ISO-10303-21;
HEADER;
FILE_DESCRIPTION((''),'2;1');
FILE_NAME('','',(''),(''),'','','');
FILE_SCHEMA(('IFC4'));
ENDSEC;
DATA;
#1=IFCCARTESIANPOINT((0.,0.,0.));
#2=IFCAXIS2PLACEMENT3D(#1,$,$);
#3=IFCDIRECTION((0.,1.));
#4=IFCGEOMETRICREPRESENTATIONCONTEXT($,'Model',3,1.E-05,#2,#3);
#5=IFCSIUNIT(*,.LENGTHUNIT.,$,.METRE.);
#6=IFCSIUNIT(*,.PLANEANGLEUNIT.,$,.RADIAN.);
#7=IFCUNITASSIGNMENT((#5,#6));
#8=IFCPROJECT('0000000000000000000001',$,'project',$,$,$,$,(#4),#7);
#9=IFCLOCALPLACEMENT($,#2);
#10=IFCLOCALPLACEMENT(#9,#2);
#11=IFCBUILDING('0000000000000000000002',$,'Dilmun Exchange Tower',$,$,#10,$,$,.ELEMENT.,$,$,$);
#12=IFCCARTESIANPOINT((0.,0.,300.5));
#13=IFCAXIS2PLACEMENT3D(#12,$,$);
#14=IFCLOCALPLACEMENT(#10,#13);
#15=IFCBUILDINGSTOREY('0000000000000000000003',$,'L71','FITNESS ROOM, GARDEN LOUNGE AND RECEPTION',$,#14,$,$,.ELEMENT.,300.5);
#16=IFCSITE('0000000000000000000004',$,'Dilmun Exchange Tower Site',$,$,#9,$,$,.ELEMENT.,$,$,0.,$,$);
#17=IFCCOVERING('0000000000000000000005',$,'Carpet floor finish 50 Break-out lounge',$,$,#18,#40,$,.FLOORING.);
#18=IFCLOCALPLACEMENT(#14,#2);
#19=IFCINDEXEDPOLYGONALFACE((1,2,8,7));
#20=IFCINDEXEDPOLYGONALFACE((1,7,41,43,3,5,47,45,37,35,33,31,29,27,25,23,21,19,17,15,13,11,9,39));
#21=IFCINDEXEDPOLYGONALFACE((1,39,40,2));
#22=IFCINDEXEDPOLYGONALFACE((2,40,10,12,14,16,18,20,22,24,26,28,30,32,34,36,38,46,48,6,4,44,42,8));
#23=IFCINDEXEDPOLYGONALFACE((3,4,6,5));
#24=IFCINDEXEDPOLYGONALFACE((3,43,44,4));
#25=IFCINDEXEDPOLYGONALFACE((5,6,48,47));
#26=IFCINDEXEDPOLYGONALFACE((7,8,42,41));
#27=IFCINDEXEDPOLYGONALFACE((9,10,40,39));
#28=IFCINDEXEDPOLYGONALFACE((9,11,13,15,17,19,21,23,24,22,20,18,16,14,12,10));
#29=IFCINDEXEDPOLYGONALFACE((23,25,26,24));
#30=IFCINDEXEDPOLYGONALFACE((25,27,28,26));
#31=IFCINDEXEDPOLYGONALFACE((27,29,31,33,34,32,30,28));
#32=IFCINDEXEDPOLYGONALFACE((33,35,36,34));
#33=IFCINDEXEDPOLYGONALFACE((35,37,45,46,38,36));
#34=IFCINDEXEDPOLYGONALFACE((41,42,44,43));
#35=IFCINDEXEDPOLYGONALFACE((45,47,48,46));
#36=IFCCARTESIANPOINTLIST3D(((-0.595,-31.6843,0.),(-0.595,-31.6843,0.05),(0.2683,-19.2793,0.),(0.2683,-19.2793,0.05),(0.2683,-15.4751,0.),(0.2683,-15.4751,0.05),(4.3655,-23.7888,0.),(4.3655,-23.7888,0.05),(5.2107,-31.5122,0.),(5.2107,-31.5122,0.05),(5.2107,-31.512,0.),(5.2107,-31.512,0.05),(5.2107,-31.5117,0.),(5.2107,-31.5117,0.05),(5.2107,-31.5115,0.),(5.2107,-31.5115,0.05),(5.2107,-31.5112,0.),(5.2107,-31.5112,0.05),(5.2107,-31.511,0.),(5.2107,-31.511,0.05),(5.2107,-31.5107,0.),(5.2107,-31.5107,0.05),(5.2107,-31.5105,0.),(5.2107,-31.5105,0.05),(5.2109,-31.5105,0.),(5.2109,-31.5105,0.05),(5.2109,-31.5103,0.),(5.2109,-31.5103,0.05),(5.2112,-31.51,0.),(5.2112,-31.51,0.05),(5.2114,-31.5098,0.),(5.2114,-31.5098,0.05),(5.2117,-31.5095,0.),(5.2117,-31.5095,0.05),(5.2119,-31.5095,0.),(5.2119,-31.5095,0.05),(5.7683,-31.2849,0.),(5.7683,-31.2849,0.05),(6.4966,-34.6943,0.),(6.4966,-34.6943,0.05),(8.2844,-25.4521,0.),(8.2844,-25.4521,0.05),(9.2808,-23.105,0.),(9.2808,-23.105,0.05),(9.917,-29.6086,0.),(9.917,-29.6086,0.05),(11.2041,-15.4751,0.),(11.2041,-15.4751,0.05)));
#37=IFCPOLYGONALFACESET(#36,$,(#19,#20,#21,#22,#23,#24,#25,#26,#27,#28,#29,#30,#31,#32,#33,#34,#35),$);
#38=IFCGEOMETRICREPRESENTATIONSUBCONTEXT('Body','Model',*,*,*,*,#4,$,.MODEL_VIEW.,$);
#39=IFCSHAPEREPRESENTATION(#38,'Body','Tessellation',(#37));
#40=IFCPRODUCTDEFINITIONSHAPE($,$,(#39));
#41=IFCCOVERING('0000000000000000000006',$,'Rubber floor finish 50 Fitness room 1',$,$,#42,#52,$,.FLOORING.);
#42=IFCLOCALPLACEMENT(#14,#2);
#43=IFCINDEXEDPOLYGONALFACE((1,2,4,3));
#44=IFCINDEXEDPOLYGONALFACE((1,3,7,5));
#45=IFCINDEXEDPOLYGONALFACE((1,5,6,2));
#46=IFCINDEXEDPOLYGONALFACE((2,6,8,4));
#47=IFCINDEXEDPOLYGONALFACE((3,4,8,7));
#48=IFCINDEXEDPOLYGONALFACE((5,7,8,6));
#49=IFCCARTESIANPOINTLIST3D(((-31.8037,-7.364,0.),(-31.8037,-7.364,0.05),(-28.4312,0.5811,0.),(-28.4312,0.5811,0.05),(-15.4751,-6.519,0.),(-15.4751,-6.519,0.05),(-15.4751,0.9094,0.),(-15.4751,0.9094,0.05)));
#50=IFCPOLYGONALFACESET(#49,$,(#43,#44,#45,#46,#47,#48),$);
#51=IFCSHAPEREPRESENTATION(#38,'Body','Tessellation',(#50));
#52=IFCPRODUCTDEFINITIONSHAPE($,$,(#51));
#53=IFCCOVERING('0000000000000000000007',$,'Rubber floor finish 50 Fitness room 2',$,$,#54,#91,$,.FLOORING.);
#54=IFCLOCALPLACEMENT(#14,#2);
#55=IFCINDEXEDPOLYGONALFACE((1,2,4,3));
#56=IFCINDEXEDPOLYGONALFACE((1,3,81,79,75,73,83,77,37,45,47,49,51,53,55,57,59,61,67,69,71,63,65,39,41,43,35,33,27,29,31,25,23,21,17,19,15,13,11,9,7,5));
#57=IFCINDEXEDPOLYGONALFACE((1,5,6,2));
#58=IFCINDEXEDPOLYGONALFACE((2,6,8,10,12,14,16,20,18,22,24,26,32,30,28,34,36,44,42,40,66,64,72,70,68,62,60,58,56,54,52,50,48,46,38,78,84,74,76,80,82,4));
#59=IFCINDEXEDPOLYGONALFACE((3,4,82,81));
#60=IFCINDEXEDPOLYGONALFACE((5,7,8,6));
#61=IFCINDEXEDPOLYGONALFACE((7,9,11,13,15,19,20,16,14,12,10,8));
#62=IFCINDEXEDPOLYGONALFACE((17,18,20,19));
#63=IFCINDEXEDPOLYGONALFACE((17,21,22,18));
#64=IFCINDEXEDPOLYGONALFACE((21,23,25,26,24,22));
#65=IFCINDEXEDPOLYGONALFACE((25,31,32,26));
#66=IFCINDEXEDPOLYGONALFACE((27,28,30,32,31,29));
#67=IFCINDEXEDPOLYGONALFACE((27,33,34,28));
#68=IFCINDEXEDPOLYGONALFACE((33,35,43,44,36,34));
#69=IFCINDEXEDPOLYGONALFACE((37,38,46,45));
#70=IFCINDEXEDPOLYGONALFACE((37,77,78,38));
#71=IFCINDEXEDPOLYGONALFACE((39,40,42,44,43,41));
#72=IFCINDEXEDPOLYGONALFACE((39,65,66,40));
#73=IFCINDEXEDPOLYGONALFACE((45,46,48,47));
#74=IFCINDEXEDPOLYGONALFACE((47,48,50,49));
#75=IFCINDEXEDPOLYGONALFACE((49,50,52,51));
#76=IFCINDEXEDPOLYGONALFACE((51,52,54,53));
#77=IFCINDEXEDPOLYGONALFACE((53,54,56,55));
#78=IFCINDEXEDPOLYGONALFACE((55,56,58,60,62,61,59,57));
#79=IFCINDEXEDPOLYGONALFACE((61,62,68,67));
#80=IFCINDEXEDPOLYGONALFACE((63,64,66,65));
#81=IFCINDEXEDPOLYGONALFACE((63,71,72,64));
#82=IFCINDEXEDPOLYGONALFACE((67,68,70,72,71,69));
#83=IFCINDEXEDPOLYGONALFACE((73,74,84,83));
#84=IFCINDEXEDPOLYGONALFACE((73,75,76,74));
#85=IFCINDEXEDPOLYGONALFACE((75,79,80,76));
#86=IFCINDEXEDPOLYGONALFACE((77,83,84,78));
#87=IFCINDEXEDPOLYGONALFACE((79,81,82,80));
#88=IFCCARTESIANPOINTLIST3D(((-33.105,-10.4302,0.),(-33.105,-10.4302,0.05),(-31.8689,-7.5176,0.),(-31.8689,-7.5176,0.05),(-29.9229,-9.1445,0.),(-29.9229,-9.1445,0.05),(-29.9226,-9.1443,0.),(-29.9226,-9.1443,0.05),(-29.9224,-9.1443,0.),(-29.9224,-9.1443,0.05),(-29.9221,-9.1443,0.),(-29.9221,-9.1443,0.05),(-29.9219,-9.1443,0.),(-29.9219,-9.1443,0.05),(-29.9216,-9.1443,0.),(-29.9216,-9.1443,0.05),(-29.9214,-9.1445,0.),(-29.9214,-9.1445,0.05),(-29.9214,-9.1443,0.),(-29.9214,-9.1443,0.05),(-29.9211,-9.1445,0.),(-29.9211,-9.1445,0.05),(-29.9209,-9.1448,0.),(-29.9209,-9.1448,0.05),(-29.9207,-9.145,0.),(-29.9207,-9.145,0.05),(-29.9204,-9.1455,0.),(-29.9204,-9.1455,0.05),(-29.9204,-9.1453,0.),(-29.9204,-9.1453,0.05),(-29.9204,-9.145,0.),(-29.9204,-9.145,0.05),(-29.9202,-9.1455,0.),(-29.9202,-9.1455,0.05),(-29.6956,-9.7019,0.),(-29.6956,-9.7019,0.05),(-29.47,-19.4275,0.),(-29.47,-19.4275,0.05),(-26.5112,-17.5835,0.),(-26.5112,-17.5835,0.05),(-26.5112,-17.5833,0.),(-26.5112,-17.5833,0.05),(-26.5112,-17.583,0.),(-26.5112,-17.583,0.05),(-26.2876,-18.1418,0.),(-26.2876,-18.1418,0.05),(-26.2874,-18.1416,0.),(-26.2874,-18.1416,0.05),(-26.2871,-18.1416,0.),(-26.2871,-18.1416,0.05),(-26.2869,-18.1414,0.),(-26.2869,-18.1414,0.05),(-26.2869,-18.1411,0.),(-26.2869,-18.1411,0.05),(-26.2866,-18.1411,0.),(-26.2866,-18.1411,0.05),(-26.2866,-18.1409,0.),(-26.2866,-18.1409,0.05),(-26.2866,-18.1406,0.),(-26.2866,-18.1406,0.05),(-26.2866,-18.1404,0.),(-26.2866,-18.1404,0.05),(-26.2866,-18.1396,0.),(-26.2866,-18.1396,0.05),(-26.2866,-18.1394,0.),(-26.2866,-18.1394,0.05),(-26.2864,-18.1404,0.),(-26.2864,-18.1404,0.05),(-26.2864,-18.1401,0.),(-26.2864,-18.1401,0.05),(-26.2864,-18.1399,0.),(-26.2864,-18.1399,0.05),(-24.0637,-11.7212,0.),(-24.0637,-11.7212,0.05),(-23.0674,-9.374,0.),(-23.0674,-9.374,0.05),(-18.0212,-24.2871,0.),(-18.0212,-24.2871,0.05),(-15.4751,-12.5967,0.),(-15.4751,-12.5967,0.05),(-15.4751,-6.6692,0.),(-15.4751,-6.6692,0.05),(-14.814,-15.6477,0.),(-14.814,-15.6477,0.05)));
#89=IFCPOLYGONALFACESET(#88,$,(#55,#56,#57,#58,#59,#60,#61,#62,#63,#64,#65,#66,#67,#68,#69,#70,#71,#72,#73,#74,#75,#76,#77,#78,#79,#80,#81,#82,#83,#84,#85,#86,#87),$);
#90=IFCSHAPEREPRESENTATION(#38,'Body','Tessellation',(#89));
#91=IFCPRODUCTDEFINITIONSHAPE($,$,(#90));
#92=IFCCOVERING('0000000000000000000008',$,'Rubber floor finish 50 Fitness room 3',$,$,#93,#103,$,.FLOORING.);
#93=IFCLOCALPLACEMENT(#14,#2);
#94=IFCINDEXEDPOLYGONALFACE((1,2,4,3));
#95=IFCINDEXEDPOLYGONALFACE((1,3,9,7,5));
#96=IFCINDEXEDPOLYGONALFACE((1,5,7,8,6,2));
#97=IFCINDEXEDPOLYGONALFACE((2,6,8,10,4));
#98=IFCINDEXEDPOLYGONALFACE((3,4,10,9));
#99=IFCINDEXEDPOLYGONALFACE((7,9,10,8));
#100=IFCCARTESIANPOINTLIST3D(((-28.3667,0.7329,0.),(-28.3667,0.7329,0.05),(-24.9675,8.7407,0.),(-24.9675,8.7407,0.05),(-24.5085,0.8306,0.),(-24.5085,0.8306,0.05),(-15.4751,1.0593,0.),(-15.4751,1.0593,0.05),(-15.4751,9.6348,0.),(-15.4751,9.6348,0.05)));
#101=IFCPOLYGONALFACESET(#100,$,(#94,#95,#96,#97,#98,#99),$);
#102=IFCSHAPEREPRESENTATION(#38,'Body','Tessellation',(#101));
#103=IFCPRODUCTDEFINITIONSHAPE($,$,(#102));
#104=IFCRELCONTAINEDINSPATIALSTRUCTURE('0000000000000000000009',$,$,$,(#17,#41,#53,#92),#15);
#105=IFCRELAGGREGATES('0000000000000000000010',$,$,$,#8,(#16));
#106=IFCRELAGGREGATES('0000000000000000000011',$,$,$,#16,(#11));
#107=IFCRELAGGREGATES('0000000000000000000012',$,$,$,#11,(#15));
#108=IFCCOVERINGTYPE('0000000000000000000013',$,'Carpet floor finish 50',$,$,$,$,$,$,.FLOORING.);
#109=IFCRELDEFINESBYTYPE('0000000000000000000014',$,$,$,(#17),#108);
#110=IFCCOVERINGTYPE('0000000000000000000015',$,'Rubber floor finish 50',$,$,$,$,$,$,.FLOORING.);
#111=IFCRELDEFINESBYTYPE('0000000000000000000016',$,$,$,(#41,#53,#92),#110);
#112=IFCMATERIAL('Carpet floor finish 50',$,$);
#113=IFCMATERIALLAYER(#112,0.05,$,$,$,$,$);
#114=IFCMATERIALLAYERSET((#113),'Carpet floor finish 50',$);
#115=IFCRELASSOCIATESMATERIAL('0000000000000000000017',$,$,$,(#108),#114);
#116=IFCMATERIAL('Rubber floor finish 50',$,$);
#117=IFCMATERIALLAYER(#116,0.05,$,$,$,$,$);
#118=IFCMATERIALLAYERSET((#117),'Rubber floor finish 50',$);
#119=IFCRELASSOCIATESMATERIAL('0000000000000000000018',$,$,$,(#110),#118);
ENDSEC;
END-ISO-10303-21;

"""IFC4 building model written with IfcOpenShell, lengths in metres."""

from ifc_helpers import new_model, si_unit, direction, frame, origin, place, context, subcontext, project, spatial, polyline, outline, extrude, material, layer, layer_set, type_object, element, save


model = new_model("IFC4")

# Units and contexts
model_context = context("Model", 3, precision=1e-05, world=origin(), true_north=direction((0.0, 1.0)))
body_context = subcontext(model_context, "Body", "Model", "MODEL_VIEW")
ifc_project = project(units=[si_unit("LENGTHUNIT", "METRE"), si_unit("PLANEANGLEUNIT", "RADIAN")], contexts=[model_context])

# Site, building, storey
site_placement = place(None, origin())
site = spatial("IfcSite", under=ifc_project, at=site_placement, Name="Dilmun Exchange Tower Site", CompositionType="ELEMENT", RefElevation=0.0)
building_placement = place(site_placement, origin())
building = spatial("IfcBuilding", under=site, at=building_placement, Name="Dilmun Exchange Tower", CompositionType="ELEMENT")
storey_placement = place(building_placement, frame((0.0, 0.0, 300.5)))
storey = spatial("IfcBuildingStorey", under=building, at=storey_placement, Name="L71", Description="FITNESS ROOM, GARDEN LOUNGE AND RECEPTION", CompositionType="ELEMENT", Elevation=300.5)

# Coverings
ifc_material_1 = material(Name="Carpet floor finish 50")
ifc_layer_1 = layer(ifc_material_1, 0.05)
ifc_layer_set_1 = layer_set([ifc_layer_1], Name="Carpet floor finish 50")
covering_type_1 = type_object("IfcCoveringType", Name="Carpet floor finish 50", PredefinedType="FLOORING", material=ifc_layer_set_1)
covering_1_placement = place(storey_placement, origin())
element("IfcCovering", 1, at=covering_1_placement, inside=storey, type_object=covering_type_1, Name="Carpet floor finish 50 Break-out lounge", PredefinedType="FLOORING", context=body_context, shape_type="SweptSolid", body=[
    extrude(outline(polyline([(0.2683, -15.4751), (11.2041, -15.4751), (9.917, -29.6086), (5.7683, -31.2849), (5.2119, -31.5095), (5.2117, -31.5095), (5.2114, -31.5098), (5.2114, -31.5098), (5.2112, -31.51), (5.2112, -31.51), (5.2109, -31.5103), (5.2109, -31.5105), (5.2107, -31.5105), (5.2107, -31.5107), (5.2107, -31.511), (5.2107, -31.5112), (5.2107, -31.5115), (5.2107, -31.5117), (5.2107, -31.5117), (5.2107, -31.512), (5.2107, -31.5122), (6.4966, -34.6943), (-0.595, -31.6843), (4.3655, -23.7888), (8.2844, -25.4521), (9.2808, -23.105), (0.2683, -19.2793), (0.2683, -15.4751)])), origin(), (0.0, 0.0, 1.0), 0.05),
])
ifc_material_2 = material(Name="Rubber floor finish 50")
ifc_layer_2 = layer(ifc_material_2, 0.05)
ifc_layer_set_2 = layer_set([ifc_layer_2], Name="Rubber floor finish 50")
covering_type_2 = type_object("IfcCoveringType", Name="Rubber floor finish 50", PredefinedType="FLOORING", material=ifc_layer_set_2)
covering_2_placement = place(storey_placement, origin())
element("IfcCovering", 2, at=covering_2_placement, inside=storey, type_object=covering_type_2, Name="Rubber floor finish 50 Fitness room 1", PredefinedType="FLOORING", context=body_context, shape_type="SweptSolid", body=[
    extrude(outline(polyline([(-15.4751, -6.519), (-31.8037, -7.364), (-28.4312, 0.5811), (-15.4751, 0.9094), (-15.4751, -6.519)])), origin(), (0.0, 0.0, 1.0), 0.05),
])
covering_3_placement = place(storey_placement, origin())
element("IfcCovering", 3, at=covering_3_placement, inside=storey, type_object=covering_type_2, Name="Rubber floor finish 50 Fitness room 2", PredefinedType="FLOORING", context=body_context, shape_type="SweptSolid", body=[
    extrude(outline(polyline([(-14.814, -15.6477), (-18.0212, -24.2871), (-29.47, -19.4275), (-26.2876, -18.1418), (-26.2876, -18.1418), (-26.2874, -18.1416), (-26.2871, -18.1416), (-26.2871, -18.1416), (-26.2869, -18.1414), (-26.2869, -18.1411), (-26.2866, -18.1411), (-26.2866, -18.1409), (-26.2866, -18.1406), (-26.2866, -18.1404), (-26.2864, -18.1404), (-26.2864, -18.1401), (-26.2864, -18.1399), (-26.2866, -18.1396), (-26.2866, -18.1394), (-26.2866, -18.1394), (-26.5112, -17.5835), (-26.5112, -17.5833), (-26.5112, -17.5833), (-26.5112, -17.583), (-29.6956, -9.7019), (-29.9202, -9.1455), (-29.9204, -9.1455), (-29.9204, -9.1453), (-29.9204, -9.145), (-29.9207, -9.145), (-29.9209, -9.1448), (-29.9209, -9.1448), (-29.9211, -9.1445), (-29.9214, -9.1445), (-29.9214, -9.1443), (-29.9216, -9.1443), (-29.9219, -9.1443), (-29.9221, -9.1443), (-29.9224, -9.1443), (-29.9226, -9.1443), (-29.9226, -9.1443), (-29.9229, -9.1445), (-33.105, -10.4302), (-31.8689, -7.5176), (-15.4751, -6.6692), (-15.4751, -12.5967), (-23.0674, -9.374), (-24.0637, -11.7212), (-14.814, -15.6477)])), origin(), (0.0, 0.0, 1.0), 0.05),
])
covering_4_placement = place(storey_placement, origin())
element("IfcCovering", 4, at=covering_4_placement, inside=storey, type_object=covering_type_2, Name="Rubber floor finish 50 Fitness room 3", PredefinedType="FLOORING", context=body_context, shape_type="SweptSolid", body=[
    extrude(outline(polyline([(-24.5085, 0.8306), (-28.3667, 0.7329), (-24.9675, 8.7407), (-15.4751, 9.6348), (-15.4751, 1.0593), (-24.5085, 0.8306)])), origin(), (0.0, 0.0, 1.0), 0.05),
])

save(model, "model.ifc")
